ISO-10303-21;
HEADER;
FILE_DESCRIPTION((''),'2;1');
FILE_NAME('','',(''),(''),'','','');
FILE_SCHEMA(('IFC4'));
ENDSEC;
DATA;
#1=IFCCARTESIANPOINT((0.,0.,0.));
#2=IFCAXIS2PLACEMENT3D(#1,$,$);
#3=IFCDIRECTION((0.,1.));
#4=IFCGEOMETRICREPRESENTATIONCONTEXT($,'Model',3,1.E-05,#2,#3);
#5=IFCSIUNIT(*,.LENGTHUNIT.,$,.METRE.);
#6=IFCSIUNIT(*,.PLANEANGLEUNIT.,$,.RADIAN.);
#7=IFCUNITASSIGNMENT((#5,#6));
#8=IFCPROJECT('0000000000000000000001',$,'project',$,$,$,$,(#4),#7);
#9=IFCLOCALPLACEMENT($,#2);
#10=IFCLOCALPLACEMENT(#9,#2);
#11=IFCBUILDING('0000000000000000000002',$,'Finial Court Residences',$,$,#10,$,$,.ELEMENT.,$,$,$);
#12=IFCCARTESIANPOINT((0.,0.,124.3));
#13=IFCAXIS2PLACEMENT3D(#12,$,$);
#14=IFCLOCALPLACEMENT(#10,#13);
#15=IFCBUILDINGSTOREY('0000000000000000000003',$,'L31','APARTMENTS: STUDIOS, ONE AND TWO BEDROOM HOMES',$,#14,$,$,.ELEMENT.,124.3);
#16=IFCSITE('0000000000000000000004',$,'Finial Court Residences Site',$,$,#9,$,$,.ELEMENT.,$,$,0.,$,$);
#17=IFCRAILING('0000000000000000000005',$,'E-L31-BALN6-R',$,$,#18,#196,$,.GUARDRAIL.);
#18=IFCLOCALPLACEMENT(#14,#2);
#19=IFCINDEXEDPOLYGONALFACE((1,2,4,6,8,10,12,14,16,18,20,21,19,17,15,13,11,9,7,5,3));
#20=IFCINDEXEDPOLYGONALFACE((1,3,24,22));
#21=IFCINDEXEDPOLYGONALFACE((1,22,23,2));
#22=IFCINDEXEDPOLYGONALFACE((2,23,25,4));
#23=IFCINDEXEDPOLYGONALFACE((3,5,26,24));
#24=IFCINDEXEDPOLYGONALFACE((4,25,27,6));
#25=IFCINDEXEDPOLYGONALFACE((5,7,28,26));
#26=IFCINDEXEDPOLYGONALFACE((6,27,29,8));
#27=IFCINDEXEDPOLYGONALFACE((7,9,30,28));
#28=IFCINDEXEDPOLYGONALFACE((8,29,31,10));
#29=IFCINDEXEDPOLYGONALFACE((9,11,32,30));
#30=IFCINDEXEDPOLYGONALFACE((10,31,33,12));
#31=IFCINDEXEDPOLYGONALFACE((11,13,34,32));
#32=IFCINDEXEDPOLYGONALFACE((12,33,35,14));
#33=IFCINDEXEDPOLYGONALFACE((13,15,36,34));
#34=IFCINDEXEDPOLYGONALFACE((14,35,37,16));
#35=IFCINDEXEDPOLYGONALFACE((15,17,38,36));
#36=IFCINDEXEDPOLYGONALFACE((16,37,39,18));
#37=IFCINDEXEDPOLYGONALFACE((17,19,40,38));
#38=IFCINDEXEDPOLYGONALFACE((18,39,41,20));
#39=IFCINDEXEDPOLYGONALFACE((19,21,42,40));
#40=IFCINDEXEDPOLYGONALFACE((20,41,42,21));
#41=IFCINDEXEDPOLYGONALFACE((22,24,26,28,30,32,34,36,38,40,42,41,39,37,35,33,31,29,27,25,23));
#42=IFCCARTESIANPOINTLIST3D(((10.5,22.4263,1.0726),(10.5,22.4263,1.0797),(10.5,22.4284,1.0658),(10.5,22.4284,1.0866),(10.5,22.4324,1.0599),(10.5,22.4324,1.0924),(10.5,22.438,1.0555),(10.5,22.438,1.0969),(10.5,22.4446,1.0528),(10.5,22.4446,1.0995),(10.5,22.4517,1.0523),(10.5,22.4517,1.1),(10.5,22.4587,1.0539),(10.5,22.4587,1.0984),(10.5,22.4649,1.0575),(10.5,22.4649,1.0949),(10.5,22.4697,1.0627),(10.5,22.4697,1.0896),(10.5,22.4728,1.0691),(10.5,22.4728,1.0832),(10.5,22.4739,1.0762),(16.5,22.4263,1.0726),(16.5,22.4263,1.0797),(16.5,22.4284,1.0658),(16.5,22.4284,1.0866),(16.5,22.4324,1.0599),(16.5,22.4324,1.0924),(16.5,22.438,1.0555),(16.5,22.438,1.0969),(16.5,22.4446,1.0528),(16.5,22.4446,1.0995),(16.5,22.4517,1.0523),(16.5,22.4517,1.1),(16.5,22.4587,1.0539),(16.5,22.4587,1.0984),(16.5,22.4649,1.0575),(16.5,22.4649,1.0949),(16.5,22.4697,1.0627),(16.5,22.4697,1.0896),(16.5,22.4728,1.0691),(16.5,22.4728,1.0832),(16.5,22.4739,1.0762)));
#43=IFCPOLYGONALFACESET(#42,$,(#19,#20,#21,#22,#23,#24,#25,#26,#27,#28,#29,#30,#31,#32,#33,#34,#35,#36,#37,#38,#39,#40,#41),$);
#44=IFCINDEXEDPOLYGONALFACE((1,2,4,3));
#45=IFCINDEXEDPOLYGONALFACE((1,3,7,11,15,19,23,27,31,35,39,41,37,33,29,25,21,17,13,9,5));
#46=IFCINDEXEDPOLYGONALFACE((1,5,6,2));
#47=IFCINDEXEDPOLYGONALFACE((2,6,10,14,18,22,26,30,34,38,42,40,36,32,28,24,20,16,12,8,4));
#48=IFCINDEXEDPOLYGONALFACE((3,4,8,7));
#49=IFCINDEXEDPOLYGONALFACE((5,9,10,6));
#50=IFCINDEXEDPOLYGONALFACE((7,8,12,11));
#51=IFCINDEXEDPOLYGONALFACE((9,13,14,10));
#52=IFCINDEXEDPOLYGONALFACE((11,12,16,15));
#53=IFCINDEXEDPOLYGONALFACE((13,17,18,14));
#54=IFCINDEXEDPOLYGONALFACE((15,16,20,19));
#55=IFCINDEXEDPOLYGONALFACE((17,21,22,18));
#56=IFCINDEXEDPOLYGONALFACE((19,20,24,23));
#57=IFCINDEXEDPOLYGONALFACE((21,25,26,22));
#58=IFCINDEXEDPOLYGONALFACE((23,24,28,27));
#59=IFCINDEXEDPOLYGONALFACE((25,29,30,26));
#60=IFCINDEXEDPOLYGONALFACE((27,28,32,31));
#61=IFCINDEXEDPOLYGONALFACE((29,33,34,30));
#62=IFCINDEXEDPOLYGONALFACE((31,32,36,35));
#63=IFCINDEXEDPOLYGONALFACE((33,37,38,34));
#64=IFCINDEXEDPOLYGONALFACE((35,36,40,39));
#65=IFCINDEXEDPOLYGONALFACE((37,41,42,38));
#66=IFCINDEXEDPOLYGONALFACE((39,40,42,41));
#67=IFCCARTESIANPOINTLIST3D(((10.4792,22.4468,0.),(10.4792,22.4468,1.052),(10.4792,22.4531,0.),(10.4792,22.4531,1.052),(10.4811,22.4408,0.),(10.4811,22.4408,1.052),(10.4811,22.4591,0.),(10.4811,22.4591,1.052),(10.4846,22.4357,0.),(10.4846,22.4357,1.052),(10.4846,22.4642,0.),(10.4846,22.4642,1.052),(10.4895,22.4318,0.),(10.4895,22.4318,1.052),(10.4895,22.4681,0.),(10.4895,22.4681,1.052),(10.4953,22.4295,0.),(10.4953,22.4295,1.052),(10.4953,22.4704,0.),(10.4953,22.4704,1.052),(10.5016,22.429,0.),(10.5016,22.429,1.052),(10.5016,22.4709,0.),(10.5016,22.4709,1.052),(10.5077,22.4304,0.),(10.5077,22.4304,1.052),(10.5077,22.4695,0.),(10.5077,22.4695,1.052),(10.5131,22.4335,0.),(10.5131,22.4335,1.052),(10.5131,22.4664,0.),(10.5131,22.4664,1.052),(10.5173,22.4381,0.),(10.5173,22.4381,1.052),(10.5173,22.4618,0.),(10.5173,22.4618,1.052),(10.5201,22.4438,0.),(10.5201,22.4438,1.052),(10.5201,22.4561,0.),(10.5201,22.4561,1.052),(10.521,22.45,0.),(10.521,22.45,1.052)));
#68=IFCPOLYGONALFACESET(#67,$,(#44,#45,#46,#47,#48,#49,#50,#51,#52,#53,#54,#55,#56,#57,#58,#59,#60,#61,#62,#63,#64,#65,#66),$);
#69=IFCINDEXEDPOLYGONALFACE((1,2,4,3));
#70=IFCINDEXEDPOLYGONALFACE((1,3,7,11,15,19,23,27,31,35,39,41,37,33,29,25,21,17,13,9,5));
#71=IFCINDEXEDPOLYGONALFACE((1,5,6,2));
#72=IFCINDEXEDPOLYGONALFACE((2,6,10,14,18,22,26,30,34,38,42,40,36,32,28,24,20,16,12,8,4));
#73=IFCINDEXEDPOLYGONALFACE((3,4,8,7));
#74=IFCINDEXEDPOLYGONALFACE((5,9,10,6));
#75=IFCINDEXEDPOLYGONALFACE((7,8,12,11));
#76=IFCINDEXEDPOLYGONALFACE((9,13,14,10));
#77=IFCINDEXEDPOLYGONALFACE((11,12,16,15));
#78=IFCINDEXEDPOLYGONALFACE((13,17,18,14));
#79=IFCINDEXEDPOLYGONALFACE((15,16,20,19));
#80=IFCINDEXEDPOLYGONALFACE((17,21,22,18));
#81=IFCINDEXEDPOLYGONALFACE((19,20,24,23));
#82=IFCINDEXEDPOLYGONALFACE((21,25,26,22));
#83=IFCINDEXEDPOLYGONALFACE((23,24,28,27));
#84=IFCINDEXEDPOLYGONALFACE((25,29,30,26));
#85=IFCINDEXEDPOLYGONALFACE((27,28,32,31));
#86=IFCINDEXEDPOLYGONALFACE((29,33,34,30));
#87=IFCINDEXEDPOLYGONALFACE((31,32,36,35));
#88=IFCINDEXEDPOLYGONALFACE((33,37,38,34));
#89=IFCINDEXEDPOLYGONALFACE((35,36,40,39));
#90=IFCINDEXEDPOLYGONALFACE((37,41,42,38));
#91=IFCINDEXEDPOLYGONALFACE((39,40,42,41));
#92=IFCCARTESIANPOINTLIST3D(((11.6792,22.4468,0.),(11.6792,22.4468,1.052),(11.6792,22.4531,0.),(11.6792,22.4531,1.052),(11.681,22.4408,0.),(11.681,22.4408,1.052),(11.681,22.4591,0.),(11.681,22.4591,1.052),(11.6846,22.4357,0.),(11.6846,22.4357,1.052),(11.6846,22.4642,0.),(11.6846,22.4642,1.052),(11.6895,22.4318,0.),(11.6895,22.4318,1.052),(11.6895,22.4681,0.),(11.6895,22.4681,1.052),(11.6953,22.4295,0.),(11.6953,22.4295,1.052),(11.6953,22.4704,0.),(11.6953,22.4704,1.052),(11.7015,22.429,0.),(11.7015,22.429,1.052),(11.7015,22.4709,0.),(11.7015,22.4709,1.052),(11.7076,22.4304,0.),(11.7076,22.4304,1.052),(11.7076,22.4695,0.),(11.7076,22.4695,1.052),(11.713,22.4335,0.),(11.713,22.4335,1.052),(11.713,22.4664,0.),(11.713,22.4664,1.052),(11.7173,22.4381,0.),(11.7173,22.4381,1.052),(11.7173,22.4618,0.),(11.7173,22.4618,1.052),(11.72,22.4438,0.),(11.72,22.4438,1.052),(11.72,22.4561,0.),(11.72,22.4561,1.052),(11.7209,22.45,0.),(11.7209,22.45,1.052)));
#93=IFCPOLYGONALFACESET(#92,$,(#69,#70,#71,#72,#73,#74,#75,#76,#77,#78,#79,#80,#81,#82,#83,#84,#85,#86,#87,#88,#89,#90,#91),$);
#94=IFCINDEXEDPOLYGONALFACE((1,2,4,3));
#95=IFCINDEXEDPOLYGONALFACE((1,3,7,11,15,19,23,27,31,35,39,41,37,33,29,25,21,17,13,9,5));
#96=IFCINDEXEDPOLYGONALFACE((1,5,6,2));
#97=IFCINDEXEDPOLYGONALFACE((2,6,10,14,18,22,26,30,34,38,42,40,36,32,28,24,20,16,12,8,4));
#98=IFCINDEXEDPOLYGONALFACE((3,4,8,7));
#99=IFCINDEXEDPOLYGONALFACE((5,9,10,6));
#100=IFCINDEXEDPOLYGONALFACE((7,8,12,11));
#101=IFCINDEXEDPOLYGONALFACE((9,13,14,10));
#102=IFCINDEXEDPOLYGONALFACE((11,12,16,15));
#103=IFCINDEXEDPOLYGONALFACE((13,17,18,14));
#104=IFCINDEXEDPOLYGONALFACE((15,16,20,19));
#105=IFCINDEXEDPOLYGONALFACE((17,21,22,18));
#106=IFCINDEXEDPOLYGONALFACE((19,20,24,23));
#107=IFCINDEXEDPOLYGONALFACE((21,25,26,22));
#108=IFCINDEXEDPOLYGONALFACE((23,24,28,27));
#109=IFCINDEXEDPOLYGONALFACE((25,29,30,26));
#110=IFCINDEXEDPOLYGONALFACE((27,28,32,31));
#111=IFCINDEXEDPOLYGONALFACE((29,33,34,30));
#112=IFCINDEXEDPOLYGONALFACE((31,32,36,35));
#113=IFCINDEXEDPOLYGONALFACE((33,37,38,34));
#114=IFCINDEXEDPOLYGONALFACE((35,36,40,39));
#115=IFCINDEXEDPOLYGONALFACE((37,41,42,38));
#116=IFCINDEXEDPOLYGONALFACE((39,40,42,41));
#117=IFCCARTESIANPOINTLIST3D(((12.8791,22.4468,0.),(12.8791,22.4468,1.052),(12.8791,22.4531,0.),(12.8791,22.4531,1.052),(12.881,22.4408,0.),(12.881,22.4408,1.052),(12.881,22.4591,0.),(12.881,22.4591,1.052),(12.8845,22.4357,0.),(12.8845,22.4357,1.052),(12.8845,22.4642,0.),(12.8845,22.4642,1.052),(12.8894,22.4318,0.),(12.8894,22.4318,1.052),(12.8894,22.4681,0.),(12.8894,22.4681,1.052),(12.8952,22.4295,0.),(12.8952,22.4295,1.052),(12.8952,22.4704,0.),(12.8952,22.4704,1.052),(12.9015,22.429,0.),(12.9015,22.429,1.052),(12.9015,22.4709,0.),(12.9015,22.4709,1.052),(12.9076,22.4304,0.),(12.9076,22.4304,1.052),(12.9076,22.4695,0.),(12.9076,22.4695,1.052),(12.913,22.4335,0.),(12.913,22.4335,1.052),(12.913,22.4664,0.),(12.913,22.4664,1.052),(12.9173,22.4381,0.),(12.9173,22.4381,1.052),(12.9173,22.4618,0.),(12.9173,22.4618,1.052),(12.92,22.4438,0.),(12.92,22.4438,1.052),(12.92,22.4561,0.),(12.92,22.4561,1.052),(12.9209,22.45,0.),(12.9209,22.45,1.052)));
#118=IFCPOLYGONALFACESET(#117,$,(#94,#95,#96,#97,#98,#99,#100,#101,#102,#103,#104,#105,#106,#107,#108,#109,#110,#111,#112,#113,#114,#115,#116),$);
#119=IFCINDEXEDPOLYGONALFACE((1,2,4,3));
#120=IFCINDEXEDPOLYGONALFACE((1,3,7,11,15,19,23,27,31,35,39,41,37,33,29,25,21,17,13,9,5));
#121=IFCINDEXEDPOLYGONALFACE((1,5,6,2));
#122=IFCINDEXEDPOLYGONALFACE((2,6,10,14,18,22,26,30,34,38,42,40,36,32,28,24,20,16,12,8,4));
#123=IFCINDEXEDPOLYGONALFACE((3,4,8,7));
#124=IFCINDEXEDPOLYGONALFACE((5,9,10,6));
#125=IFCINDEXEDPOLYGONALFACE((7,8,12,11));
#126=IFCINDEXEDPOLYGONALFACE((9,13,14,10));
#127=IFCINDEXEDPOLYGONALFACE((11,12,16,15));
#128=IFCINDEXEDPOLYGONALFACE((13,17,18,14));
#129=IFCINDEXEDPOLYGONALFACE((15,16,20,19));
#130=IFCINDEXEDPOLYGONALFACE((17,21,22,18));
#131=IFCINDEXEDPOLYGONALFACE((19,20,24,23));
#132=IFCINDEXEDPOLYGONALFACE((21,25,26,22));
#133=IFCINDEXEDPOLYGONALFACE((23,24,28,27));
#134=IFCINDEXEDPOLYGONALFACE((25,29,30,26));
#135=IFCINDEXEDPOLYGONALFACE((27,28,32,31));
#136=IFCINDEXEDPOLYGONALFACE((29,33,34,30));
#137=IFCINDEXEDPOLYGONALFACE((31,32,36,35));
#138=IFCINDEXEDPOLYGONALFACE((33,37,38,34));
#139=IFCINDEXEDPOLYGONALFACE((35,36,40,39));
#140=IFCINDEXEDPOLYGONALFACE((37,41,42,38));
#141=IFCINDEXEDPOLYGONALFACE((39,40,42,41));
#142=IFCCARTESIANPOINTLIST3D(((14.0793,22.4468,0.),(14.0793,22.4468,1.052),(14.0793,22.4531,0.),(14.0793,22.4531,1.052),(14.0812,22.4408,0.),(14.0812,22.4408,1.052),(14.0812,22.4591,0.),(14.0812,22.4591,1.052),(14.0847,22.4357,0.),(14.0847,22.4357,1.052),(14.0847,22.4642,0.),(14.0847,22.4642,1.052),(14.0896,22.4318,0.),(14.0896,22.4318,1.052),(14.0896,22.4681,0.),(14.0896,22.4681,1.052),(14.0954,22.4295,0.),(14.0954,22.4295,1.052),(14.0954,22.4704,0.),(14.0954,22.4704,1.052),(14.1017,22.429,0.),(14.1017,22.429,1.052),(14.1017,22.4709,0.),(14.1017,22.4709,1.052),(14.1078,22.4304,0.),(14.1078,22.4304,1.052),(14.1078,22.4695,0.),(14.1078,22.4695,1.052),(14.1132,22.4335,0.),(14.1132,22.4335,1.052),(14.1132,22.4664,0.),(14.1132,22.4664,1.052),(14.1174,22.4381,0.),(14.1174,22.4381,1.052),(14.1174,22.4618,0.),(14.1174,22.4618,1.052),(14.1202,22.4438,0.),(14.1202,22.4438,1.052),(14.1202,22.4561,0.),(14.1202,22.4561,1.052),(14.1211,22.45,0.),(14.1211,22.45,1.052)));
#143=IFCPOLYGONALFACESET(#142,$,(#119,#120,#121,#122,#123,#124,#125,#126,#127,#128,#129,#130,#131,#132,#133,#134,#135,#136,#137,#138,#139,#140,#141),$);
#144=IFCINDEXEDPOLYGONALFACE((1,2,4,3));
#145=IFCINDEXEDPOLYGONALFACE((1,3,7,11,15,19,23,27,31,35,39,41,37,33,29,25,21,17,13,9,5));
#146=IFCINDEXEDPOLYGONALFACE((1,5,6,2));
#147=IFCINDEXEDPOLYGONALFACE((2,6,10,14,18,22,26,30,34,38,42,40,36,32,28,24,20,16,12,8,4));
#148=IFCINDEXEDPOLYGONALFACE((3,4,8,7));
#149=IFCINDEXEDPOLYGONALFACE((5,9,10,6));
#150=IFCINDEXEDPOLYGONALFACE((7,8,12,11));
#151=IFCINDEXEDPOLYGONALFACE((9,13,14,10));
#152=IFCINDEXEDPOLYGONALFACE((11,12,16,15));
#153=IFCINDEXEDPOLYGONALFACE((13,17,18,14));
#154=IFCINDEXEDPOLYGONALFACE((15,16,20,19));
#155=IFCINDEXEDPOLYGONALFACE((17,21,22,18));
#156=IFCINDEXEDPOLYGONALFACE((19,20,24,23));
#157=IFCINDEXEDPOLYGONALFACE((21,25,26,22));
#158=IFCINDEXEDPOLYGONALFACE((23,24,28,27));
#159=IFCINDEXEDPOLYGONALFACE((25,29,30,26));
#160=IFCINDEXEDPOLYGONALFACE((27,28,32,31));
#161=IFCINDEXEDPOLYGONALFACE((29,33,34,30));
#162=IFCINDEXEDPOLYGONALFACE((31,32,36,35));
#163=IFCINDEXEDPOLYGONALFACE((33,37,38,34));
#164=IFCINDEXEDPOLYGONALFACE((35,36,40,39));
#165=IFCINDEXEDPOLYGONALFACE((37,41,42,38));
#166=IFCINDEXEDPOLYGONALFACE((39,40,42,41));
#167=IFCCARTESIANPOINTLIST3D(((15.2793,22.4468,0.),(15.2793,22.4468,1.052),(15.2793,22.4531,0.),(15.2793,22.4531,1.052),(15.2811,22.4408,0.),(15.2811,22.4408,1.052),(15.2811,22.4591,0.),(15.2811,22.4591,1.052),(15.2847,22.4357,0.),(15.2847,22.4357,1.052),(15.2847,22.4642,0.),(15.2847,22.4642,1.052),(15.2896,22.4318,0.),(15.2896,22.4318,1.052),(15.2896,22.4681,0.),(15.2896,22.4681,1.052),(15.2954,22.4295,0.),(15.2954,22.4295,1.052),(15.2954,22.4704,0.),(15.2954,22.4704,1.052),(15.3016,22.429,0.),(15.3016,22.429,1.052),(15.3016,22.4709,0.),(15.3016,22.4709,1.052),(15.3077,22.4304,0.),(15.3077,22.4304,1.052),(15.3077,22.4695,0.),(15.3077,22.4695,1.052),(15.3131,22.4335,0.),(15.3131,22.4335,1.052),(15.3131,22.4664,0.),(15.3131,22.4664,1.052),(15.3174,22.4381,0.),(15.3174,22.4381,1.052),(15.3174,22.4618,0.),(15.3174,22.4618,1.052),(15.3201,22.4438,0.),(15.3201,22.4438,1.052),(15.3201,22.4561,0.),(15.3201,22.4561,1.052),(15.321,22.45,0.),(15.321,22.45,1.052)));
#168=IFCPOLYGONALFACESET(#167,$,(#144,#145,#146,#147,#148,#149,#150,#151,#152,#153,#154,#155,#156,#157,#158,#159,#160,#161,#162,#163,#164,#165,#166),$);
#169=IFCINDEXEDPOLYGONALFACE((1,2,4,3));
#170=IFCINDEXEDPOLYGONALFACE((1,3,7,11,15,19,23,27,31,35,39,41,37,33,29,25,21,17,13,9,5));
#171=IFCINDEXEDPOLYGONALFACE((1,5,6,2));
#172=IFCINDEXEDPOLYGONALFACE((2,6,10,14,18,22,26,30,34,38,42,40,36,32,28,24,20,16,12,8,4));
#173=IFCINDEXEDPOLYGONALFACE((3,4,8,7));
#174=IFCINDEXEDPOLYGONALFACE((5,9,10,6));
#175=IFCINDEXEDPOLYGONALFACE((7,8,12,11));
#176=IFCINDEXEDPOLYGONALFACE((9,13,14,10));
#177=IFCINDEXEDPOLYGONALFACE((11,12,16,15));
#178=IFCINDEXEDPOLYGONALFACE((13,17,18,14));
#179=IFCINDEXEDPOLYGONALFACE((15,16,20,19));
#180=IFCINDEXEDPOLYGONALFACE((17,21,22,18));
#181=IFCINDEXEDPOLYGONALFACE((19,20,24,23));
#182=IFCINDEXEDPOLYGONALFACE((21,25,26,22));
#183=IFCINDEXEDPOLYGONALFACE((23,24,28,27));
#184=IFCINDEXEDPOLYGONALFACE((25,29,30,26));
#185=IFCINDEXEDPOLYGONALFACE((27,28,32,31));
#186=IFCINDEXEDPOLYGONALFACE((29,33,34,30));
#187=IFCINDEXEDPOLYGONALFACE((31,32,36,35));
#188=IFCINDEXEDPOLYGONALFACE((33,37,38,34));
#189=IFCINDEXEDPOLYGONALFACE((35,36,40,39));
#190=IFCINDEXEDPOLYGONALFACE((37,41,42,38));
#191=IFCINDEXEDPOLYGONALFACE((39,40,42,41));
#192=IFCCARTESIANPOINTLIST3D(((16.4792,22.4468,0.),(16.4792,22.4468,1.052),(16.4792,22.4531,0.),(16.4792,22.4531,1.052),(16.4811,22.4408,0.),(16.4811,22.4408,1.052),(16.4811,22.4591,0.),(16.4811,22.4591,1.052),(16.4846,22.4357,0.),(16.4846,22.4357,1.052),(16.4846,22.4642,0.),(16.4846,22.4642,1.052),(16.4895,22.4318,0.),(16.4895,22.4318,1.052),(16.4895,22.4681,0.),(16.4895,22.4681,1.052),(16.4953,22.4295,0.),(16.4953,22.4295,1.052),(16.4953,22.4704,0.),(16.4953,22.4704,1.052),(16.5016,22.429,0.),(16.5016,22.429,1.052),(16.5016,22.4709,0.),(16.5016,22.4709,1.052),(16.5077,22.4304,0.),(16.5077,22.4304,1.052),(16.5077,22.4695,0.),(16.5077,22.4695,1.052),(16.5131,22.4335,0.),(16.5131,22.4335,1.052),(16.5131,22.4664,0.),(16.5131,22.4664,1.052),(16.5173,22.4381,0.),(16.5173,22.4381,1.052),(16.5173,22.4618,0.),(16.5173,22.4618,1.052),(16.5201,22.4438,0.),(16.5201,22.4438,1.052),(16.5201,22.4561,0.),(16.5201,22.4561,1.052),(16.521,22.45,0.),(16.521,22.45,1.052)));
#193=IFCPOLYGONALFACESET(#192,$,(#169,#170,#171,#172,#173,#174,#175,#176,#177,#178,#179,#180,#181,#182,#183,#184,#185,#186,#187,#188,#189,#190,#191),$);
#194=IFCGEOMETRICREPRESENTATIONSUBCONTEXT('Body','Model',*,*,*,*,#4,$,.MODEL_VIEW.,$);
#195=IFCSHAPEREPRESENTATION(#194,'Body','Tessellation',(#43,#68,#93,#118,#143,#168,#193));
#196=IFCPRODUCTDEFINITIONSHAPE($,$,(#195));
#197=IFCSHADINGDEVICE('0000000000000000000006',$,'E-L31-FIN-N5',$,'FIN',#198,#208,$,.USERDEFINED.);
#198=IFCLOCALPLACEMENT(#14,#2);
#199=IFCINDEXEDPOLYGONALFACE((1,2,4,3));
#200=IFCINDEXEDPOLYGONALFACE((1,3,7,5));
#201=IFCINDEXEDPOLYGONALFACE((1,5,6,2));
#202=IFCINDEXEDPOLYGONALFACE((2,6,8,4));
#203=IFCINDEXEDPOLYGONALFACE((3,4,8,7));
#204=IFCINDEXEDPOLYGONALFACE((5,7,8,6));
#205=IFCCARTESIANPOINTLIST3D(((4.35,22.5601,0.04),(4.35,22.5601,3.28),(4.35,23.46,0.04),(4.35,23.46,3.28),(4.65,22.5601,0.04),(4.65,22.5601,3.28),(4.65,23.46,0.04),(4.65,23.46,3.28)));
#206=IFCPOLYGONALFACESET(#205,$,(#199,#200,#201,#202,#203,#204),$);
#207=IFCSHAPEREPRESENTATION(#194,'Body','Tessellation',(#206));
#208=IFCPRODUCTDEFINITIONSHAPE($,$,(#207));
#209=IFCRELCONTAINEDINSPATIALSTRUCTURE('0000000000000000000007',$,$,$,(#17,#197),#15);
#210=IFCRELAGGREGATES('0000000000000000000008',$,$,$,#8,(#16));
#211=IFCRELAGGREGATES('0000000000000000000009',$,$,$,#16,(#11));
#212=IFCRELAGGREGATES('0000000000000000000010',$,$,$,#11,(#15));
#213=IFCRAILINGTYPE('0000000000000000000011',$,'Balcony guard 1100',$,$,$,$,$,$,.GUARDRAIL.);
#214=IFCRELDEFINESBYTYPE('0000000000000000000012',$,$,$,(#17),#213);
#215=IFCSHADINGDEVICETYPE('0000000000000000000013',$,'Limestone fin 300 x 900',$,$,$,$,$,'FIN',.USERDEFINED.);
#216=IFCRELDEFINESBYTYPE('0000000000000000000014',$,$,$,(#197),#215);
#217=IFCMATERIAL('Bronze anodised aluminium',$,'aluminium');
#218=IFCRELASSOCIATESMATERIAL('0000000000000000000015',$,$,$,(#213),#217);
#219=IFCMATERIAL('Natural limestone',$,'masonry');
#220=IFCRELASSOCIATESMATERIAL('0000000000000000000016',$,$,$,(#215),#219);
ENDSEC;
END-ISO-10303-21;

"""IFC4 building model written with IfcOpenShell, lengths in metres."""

from ifc_helpers import new_model, si_unit, direction, frame, origin, origin_2d, place, context, subcontext, project, spatial, rectangle, circle, extrude, material, type_object, element, save


model = new_model("IFC4")

# Units and contexts
model_context = context("Model", 3, precision=1e-05, world=origin(), true_north=direction((0.0, 1.0)))
body_context = subcontext(model_context, "Body", "Model", "MODEL_VIEW")
ifc_project = project(units=[si_unit("LENGTHUNIT", "METRE"), si_unit("PLANEANGLEUNIT", "RADIAN")], contexts=[model_context])

# Site, building, storey
site_placement = place(None, origin())
site = spatial("IfcSite", under=ifc_project, at=site_placement, Name="Finial Court Residences Site", CompositionType="ELEMENT", RefElevation=0.0)
building_placement = place(site_placement, origin())
building = spatial("IfcBuilding", under=site, at=building_placement, Name="Finial Court Residences", CompositionType="ELEMENT")
storey_placement = place(building_placement, frame((0.0, 0.0, 124.3)))
storey = spatial("IfcBuildingStorey", under=building, at=storey_placement, Name="L31", Description="APARTMENTS: STUDIOS, ONE AND TWO BEDROOM HOMES", CompositionType="ELEMENT", Elevation=124.3)

# Shared definitions
ifc_material_1 = material(Name="Natural limestone", Category="masonry")
ifc_material_2 = material(Name="Bronze anodised aluminium", Category="aluminium")

# Railing
railing_type = type_object("IfcRailingType", Name="Balcony guard 1100", PredefinedType="GUARDRAIL", material=ifc_material_2)
for number, where, name in (
    (1, (10.5, 22.45, 0.0), "E-L31-BALN6-R"),
):
    element("IfcRailing", number, at=place(storey_placement, frame(where)), inside=storey, type_object=railing_type, Name=name, PredefinedType="GUARDRAIL", context=body_context, shape_type="SweptSolid", body=[
        extrude(circle(Radius=0.0239, at=origin_2d()), frame((0.0, 0.0, 1.0762), z_axis=(1.0, 0.0, 0.0), x_axis=(0.0, 1.0, 0.0)), (0.0, 0.0, 1.0), 6.0),
        extrude(circle(Radius=0.021, at=origin_2d()), origin(), (0.0, 0.0, 1.0), 1.052),
        extrude(circle(Radius=0.021, at=origin_2d()), frame((1.2, 0.0, 0.0)), (0.0, 0.0, 1.0), 1.052),
        extrude(circle(Radius=0.021, at=origin_2d()), frame((2.3999, 0.0, 0.0)), (0.0, 0.0, 1.0), 1.052),
        extrude(circle(Radius=0.021, at=origin_2d()), frame((3.6001, 0.0, 0.0)), (0.0, 0.0, 1.0), 1.052),
        extrude(circle(Radius=0.021, at=origin_2d()), frame((4.8, 0.0, 0.0)), (0.0, 0.0, 1.0), 1.052),
        extrude(circle(Radius=0.021, at=origin_2d()), frame((6.0, 0.0, 0.0)), (0.0, 0.0, 1.0), 1.052),
    ])

# Shading device
shading_device_type = type_object("IfcShadingDeviceType", Name="Limestone fin 300 x 900", ElementType="FIN", PredefinedType="USERDEFINED", material=ifc_material_1)
shading_device_1_placement = place(storey_placement, frame((4.5, 23.01, 0.04), z_axis=(0.0, 0.0, 1.0), x_axis=(1.0, 0.0, 0.0)))
element("IfcShadingDevice", 2, at=shading_device_1_placement, inside=storey, type_object=shading_device_type, Name="E-L31-FIN-N5", ObjectType="FIN", PredefinedType="USERDEFINED", context=body_context, shape_type="SweptSolid", body=[
    extrude(rectangle(XDim=0.3, YDim=0.8999, at=origin_2d()), origin(), (0.0, 0.0, 1.0), 3.24),
])

save(model, "model.ifc")
